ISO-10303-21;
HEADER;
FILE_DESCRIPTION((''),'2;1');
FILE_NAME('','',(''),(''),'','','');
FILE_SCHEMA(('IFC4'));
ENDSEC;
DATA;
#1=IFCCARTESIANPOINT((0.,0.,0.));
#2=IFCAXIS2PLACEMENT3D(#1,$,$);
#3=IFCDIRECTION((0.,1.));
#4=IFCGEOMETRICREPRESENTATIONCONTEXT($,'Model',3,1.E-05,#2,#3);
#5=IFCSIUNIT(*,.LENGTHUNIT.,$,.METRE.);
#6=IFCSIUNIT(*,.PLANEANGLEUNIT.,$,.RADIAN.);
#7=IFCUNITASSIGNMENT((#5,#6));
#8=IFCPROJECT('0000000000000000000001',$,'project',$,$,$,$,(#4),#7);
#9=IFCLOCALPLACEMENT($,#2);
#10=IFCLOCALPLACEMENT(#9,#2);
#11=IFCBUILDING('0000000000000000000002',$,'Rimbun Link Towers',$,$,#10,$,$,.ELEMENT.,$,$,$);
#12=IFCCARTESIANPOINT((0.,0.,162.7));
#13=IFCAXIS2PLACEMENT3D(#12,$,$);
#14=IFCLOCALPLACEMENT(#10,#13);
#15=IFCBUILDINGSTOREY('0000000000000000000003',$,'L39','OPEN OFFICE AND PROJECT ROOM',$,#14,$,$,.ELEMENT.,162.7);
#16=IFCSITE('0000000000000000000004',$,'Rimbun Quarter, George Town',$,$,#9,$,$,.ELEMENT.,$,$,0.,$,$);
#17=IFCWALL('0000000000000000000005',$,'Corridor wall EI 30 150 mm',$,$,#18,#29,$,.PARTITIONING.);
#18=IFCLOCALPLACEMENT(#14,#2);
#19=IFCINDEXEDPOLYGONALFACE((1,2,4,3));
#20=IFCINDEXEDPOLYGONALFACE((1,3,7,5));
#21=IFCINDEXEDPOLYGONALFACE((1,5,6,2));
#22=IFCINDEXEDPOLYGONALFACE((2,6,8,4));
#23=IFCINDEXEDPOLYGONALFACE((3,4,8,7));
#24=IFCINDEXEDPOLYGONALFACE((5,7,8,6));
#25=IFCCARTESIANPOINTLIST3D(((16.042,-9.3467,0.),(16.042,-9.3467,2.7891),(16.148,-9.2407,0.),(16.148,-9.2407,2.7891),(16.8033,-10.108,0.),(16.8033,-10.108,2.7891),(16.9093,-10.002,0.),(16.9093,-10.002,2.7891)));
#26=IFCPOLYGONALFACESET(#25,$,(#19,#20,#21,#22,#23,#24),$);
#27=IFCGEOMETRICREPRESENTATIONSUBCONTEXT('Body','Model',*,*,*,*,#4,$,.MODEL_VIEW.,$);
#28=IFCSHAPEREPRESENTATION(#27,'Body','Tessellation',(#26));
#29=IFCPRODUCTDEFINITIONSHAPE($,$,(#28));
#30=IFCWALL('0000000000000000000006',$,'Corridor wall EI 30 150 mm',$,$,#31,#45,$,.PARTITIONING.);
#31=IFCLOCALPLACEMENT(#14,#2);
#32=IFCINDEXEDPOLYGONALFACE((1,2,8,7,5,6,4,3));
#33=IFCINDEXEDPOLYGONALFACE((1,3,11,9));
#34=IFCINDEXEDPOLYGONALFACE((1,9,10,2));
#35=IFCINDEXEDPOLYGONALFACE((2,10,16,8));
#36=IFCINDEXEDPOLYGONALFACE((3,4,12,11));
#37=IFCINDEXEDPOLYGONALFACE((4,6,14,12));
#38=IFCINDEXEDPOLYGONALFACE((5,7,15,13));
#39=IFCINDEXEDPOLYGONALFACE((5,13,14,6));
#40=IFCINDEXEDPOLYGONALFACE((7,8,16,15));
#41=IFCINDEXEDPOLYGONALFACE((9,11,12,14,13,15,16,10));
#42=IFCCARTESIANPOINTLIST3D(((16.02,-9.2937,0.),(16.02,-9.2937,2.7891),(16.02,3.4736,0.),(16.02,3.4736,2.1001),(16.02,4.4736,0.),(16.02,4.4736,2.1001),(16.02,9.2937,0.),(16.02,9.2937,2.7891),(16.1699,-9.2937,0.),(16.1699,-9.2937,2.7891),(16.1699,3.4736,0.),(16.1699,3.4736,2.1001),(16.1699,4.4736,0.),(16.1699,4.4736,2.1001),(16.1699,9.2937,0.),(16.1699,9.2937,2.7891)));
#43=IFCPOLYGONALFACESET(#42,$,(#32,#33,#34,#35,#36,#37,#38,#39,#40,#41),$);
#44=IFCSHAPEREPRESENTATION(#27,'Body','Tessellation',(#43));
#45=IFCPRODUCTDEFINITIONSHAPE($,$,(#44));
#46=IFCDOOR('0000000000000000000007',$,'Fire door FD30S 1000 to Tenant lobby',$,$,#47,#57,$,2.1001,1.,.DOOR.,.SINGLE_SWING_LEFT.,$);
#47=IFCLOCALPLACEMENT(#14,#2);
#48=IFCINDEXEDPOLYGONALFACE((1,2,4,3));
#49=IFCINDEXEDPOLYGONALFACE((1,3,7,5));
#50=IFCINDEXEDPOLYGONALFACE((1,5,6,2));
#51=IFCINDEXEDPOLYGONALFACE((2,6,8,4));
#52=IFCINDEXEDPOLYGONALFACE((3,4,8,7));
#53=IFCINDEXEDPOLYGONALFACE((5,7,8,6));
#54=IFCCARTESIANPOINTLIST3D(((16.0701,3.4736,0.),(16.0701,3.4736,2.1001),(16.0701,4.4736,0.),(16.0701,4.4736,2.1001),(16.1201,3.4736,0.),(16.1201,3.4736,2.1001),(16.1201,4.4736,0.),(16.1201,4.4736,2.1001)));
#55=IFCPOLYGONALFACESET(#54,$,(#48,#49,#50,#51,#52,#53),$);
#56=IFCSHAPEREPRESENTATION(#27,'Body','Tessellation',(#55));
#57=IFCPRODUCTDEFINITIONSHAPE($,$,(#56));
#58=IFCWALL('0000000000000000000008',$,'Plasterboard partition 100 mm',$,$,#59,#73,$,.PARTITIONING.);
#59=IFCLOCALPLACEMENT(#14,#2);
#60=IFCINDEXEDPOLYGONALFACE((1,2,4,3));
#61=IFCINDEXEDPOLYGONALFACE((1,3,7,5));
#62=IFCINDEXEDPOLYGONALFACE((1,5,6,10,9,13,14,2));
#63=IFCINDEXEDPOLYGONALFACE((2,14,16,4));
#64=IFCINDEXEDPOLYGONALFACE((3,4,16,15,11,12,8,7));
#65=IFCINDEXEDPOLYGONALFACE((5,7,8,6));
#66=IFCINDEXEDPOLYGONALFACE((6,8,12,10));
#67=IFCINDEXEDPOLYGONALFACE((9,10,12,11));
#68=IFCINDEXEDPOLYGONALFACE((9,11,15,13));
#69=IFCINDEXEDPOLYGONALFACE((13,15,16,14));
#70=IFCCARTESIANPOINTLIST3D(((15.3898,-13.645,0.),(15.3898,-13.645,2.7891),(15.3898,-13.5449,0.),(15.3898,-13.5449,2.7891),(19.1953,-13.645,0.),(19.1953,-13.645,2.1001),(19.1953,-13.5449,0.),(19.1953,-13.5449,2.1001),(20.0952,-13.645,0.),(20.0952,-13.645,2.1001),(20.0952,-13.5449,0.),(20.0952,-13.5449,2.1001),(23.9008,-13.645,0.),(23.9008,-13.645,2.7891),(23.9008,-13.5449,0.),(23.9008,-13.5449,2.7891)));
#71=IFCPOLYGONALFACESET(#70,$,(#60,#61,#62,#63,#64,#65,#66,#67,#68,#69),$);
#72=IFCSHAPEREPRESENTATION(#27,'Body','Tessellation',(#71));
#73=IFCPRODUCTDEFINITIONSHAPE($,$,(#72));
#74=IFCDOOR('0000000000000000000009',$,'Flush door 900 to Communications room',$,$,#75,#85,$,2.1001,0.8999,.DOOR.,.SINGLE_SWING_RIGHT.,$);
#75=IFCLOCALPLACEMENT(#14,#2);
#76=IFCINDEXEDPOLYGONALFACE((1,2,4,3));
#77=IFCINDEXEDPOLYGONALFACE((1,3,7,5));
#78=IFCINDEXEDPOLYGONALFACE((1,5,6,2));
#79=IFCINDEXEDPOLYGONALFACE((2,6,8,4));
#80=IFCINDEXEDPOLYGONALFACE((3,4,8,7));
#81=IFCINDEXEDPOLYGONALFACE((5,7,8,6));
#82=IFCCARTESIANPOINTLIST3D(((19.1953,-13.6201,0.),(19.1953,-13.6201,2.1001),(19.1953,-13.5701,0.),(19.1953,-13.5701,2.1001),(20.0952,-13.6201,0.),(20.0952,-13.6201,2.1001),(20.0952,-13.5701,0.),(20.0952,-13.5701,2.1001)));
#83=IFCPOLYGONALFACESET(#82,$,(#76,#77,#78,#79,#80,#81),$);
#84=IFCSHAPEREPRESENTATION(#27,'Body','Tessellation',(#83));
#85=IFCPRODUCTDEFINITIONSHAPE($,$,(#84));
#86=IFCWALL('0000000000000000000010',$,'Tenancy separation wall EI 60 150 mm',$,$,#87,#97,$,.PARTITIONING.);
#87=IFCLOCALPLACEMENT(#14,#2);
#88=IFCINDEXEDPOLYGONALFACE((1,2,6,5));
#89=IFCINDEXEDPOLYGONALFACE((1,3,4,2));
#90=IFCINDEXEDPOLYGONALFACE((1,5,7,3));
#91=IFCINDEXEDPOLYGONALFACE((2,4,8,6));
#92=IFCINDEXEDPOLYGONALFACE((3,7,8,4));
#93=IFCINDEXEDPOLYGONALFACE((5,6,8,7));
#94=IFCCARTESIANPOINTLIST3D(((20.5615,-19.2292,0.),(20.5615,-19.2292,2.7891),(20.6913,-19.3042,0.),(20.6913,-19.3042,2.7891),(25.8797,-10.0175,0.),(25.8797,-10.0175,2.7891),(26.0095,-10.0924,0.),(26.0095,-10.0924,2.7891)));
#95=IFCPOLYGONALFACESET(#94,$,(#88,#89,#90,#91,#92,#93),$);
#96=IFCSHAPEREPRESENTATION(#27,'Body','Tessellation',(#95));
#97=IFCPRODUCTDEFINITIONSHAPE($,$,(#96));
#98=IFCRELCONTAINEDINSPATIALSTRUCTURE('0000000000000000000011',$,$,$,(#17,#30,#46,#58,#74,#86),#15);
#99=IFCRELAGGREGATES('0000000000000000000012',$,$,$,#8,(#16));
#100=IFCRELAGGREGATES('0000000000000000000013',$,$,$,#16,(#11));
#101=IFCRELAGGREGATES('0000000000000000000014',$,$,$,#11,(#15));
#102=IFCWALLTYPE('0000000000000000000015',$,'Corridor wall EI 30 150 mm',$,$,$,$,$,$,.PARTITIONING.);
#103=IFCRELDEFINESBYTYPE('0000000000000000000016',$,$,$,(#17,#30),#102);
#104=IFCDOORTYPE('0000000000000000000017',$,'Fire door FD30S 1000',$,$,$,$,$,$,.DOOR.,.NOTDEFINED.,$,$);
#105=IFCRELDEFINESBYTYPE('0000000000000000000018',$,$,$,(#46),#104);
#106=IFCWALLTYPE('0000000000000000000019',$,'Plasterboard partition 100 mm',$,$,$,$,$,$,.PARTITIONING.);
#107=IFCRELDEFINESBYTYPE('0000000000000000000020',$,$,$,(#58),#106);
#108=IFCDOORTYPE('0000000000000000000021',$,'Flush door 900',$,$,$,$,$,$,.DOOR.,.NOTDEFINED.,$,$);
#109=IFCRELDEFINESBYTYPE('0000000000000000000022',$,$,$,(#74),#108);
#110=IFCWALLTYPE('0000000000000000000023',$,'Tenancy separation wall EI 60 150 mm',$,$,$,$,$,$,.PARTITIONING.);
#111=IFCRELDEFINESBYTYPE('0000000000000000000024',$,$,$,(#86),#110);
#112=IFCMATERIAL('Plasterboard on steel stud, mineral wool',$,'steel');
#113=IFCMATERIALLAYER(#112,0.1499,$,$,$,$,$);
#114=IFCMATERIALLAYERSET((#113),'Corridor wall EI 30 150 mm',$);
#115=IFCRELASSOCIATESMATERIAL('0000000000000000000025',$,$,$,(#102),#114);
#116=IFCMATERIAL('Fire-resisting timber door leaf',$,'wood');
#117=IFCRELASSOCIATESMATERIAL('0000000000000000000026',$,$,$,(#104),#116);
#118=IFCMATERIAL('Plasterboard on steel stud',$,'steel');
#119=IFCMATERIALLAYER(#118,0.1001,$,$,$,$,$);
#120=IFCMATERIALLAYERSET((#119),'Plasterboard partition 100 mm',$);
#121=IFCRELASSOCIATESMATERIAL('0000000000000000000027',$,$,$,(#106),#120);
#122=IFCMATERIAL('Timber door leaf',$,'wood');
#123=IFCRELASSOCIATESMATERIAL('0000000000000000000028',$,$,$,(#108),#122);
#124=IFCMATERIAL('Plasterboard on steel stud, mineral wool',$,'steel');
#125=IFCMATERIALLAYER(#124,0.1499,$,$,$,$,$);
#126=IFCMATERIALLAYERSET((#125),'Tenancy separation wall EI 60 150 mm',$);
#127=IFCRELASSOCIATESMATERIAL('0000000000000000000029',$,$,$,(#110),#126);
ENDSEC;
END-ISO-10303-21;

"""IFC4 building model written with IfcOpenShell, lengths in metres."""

from ifc_helpers import new_model, si_unit, direction, frame, frame_2d, origin, place, context, subcontext, project, spatial, rectangle, extrude, material, layer, layer_set, type_object, element, fill, save


model = new_model("IFC4")

# Units and contexts
model_context = context("Model", 3, precision=1e-05, world=origin(), true_north=direction((0.0, 1.0)))
body_context = subcontext(model_context, "Body", "Model", "MODEL_VIEW")
ifc_project = project(units=[si_unit("LENGTHUNIT", "METRE"), si_unit("PLANEANGLEUNIT", "RADIAN")], contexts=[model_context])

# Site, building, storey
site_placement = place(None, origin())
site = spatial("IfcSite", under=ifc_project, at=site_placement, Name="Rimbun Quarter, George Town", CompositionType="ELEMENT", RefElevation=0.0)
building_placement = place(site_placement, origin())
building = spatial("IfcBuilding", under=site, at=building_placement, Name="Rimbun Link Towers", CompositionType="ELEMENT")
storey_placement = place(building_placement, frame((0.0, 0.0, 162.7)))
storey = spatial("IfcBuildingStorey", under=building, at=storey_placement, Name="L39", Description="OPEN OFFICE AND PROJECT ROOM", CompositionType="ELEMENT", Elevation=162.7)

# Wall
ifc_material_1 = material(Name="Plasterboard on steel stud, mineral wool", Category="steel")
ifc_layer_1 = layer(ifc_material_1, 0.1499)
ifc_layer_set_1 = layer_set([ifc_layer_1], Name="Corridor wall EI 30 150 mm")
wall_type_1 = type_object("IfcWallType", Name="Corridor wall EI 30 150 mm", PredefinedType="PARTITIONING", material=ifc_layer_set_1)
wall_1_placement = place(storey_placement, frame((16.095, -9.2937, 0.0), z_axis=(0.0, 0.0, 1.0), x_axis=(0.707107, -0.707107, 0.0)))
element("IfcWall", 1, at=wall_1_placement, inside=storey, type_object=wall_type_1, Name="Corridor wall EI 30 150 mm", PredefinedType="PARTITIONING", context=body_context, shape_type="SweptSolid", body=[
    extrude(rectangle(XDim=1.0767, YDim=0.1499, at=frame_2d((0.5383, 0.0))), origin(), (0.0, 0.0, 1.0), 2.7891),
])

# Walls, openings, doors
wall_2_placement = place(storey_placement, frame((16.095, -9.2937, 0.0), z_axis=(0.0, 0.0, 1.0), x_axis=(0.0, 1.0, 0.0)))
wall_2 = element("IfcWall", 2, at=wall_2_placement, inside=storey, type_object=wall_type_1, Name="Corridor wall EI 30 150 mm", PredefinedType="PARTITIONING", context=body_context, shape_type="SweptSolid", body=[
    extrude(rectangle(XDim=18.5874, YDim=0.1499, at=frame_2d((9.2937, 0.0))), origin(), (0.0, 0.0, 1.0), 2.7891),
])
opening_1_placement = place(wall_2_placement, frame((12.7673, 0.0, 0.0)))
opening_1 = element("IfcOpeningElement", 3, at=opening_1_placement, cuts=wall_2, PredefinedType="OPENING", context=body_context, shape_type="SweptSolid", body=[
    extrude(rectangle(XDim=1.0, YDim=2.1001, at=frame_2d((0.5, 1.05))), frame((0.0, 0.085, 0.0), z_axis=(0.0, -1.0, 0.0), x_axis=(1.0, 0.0, 0.0)), (0.0, 0.0, 1.0), 0.1699),
])
ifc_material_2 = material(Name="Fire-resisting timber door leaf", Category="wood")
door_type_1 = type_object("IfcDoorType", Name="Fire door FD30S 1000", OperationType="NOTDEFINED", PredefinedType="DOOR", material=ifc_material_2)
door_1_placement = place(opening_1_placement, origin())
door_1 = element("IfcDoor", 4, at=door_1_placement, inside=storey, type_object=door_type_1, Name="Fire door FD30S 1000 to Tenant lobby", OperationType="SINGLE_SWING_LEFT", OverallHeight=2.1001, OverallWidth=1.0, PredefinedType="DOOR", context=body_context, shape_type="SweptSolid", body=[
    extrude(rectangle(XDim=1.0, YDim=2.1001, at=frame_2d((0.5, 1.05))), frame((0.0, 0.0249, 0.0), z_axis=(0.0, -1.0, 0.0), x_axis=(1.0, 0.0, 0.0)), (0.0, 0.0, 1.0), 0.05),
])
fill(opening_1, door_1)
ifc_material_3 = material(Name="Plasterboard on steel stud", Category="steel")
ifc_layer_2 = layer(ifc_material_3, 0.1001)
ifc_layer_set_2 = layer_set([ifc_layer_2], Name="Plasterboard partition 100 mm")
wall_type_2 = type_object("IfcWallType", Name="Plasterboard partition 100 mm", PredefinedType="PARTITIONING", material=ifc_layer_set_2)
wall_3_placement = place(storey_placement, frame((15.3899, -13.595, 0.0), z_axis=(0.0, 0.0, 1.0), x_axis=(1.0, 0.0, 0.0)))
wall_3 = element("IfcWall", 5, at=wall_3_placement, inside=storey, type_object=wall_type_2, Name="Plasterboard partition 100 mm", PredefinedType="PARTITIONING", context=body_context, shape_type="SweptSolid", body=[
    extrude(rectangle(XDim=8.511, YDim=0.1001, at=frame_2d((4.2554, 0.0))), origin(), (0.0, 0.0, 1.0), 2.7891),
])
opening_2_placement = place(wall_3_placement, frame((3.8054, 0.0, 0.0)))
opening_2 = element("IfcOpeningElement", 6, at=opening_2_placement, cuts=wall_3, PredefinedType="OPENING", context=body_context, shape_type="SweptSolid", body=[
    extrude(rectangle(XDim=0.8999, YDim=2.1001, at=frame_2d((0.45, 1.05))), frame((0.0, 0.0601, 0.0), z_axis=(0.0, -1.0, 0.0), x_axis=(1.0, 0.0, 0.0)), (0.0, 0.0, 1.0), 0.1201),
])
ifc_material_4 = material(Name="Timber door leaf", Category="wood")
door_type_2 = type_object("IfcDoorType", Name="Flush door 900", OperationType="NOTDEFINED", PredefinedType="DOOR", material=ifc_material_4)
door_2_placement = place(opening_2_placement, origin())
door_2 = element("IfcDoor", 7, at=door_2_placement, inside=storey, type_object=door_type_2, Name="Flush door 900 to Communications room", OperationType="SINGLE_SWING_RIGHT", OverallHeight=2.1001, OverallWidth=0.8999, PredefinedType="DOOR", context=body_context, shape_type="SweptSolid", body=[
    extrude(rectangle(XDim=0.8999, YDim=2.1001, at=frame_2d((0.45, 1.05))), frame((0.0, 0.0249, 0.0), z_axis=(0.0, -1.0, 0.0), x_axis=(1.0, 0.0, 0.0)), (0.0, 0.0, 1.0), 0.05),
])
fill(opening_2, door_2)

# Wall
ifc_material_5 = material(Name="Plasterboard on steel stud, mineral wool", Category="steel")
ifc_layer_3 = layer(ifc_material_5, 0.1499)
ifc_layer_set_3 = layer_set([ifc_layer_3], Name="Tenancy separation wall EI 60 150 mm")
wall_type_3 = type_object("IfcWallType", Name="Tenancy separation wall EI 60 150 mm", PredefinedType="PARTITIONING", material=ifc_layer_set_3)
wall_4_placement = place(storey_placement, frame((25.9446, -10.0549, 0.0), z_axis=(0.0, 0.0, 1.0), x_axis=(-0.499983, -0.866035, 0.0)))
element("IfcWall", 8, at=wall_4_placement, inside=storey, type_object=wall_type_3, Name="Tenancy separation wall EI 60 150 mm", PredefinedType="PARTITIONING", context=body_context, shape_type="SweptSolid", body=[
    extrude(rectangle(XDim=10.6367, YDim=0.1499, at=frame_2d((5.3184, 0.0))), origin(), (0.0, 0.0, 1.0), 2.7891),
])

save(model, "model.ifc")
